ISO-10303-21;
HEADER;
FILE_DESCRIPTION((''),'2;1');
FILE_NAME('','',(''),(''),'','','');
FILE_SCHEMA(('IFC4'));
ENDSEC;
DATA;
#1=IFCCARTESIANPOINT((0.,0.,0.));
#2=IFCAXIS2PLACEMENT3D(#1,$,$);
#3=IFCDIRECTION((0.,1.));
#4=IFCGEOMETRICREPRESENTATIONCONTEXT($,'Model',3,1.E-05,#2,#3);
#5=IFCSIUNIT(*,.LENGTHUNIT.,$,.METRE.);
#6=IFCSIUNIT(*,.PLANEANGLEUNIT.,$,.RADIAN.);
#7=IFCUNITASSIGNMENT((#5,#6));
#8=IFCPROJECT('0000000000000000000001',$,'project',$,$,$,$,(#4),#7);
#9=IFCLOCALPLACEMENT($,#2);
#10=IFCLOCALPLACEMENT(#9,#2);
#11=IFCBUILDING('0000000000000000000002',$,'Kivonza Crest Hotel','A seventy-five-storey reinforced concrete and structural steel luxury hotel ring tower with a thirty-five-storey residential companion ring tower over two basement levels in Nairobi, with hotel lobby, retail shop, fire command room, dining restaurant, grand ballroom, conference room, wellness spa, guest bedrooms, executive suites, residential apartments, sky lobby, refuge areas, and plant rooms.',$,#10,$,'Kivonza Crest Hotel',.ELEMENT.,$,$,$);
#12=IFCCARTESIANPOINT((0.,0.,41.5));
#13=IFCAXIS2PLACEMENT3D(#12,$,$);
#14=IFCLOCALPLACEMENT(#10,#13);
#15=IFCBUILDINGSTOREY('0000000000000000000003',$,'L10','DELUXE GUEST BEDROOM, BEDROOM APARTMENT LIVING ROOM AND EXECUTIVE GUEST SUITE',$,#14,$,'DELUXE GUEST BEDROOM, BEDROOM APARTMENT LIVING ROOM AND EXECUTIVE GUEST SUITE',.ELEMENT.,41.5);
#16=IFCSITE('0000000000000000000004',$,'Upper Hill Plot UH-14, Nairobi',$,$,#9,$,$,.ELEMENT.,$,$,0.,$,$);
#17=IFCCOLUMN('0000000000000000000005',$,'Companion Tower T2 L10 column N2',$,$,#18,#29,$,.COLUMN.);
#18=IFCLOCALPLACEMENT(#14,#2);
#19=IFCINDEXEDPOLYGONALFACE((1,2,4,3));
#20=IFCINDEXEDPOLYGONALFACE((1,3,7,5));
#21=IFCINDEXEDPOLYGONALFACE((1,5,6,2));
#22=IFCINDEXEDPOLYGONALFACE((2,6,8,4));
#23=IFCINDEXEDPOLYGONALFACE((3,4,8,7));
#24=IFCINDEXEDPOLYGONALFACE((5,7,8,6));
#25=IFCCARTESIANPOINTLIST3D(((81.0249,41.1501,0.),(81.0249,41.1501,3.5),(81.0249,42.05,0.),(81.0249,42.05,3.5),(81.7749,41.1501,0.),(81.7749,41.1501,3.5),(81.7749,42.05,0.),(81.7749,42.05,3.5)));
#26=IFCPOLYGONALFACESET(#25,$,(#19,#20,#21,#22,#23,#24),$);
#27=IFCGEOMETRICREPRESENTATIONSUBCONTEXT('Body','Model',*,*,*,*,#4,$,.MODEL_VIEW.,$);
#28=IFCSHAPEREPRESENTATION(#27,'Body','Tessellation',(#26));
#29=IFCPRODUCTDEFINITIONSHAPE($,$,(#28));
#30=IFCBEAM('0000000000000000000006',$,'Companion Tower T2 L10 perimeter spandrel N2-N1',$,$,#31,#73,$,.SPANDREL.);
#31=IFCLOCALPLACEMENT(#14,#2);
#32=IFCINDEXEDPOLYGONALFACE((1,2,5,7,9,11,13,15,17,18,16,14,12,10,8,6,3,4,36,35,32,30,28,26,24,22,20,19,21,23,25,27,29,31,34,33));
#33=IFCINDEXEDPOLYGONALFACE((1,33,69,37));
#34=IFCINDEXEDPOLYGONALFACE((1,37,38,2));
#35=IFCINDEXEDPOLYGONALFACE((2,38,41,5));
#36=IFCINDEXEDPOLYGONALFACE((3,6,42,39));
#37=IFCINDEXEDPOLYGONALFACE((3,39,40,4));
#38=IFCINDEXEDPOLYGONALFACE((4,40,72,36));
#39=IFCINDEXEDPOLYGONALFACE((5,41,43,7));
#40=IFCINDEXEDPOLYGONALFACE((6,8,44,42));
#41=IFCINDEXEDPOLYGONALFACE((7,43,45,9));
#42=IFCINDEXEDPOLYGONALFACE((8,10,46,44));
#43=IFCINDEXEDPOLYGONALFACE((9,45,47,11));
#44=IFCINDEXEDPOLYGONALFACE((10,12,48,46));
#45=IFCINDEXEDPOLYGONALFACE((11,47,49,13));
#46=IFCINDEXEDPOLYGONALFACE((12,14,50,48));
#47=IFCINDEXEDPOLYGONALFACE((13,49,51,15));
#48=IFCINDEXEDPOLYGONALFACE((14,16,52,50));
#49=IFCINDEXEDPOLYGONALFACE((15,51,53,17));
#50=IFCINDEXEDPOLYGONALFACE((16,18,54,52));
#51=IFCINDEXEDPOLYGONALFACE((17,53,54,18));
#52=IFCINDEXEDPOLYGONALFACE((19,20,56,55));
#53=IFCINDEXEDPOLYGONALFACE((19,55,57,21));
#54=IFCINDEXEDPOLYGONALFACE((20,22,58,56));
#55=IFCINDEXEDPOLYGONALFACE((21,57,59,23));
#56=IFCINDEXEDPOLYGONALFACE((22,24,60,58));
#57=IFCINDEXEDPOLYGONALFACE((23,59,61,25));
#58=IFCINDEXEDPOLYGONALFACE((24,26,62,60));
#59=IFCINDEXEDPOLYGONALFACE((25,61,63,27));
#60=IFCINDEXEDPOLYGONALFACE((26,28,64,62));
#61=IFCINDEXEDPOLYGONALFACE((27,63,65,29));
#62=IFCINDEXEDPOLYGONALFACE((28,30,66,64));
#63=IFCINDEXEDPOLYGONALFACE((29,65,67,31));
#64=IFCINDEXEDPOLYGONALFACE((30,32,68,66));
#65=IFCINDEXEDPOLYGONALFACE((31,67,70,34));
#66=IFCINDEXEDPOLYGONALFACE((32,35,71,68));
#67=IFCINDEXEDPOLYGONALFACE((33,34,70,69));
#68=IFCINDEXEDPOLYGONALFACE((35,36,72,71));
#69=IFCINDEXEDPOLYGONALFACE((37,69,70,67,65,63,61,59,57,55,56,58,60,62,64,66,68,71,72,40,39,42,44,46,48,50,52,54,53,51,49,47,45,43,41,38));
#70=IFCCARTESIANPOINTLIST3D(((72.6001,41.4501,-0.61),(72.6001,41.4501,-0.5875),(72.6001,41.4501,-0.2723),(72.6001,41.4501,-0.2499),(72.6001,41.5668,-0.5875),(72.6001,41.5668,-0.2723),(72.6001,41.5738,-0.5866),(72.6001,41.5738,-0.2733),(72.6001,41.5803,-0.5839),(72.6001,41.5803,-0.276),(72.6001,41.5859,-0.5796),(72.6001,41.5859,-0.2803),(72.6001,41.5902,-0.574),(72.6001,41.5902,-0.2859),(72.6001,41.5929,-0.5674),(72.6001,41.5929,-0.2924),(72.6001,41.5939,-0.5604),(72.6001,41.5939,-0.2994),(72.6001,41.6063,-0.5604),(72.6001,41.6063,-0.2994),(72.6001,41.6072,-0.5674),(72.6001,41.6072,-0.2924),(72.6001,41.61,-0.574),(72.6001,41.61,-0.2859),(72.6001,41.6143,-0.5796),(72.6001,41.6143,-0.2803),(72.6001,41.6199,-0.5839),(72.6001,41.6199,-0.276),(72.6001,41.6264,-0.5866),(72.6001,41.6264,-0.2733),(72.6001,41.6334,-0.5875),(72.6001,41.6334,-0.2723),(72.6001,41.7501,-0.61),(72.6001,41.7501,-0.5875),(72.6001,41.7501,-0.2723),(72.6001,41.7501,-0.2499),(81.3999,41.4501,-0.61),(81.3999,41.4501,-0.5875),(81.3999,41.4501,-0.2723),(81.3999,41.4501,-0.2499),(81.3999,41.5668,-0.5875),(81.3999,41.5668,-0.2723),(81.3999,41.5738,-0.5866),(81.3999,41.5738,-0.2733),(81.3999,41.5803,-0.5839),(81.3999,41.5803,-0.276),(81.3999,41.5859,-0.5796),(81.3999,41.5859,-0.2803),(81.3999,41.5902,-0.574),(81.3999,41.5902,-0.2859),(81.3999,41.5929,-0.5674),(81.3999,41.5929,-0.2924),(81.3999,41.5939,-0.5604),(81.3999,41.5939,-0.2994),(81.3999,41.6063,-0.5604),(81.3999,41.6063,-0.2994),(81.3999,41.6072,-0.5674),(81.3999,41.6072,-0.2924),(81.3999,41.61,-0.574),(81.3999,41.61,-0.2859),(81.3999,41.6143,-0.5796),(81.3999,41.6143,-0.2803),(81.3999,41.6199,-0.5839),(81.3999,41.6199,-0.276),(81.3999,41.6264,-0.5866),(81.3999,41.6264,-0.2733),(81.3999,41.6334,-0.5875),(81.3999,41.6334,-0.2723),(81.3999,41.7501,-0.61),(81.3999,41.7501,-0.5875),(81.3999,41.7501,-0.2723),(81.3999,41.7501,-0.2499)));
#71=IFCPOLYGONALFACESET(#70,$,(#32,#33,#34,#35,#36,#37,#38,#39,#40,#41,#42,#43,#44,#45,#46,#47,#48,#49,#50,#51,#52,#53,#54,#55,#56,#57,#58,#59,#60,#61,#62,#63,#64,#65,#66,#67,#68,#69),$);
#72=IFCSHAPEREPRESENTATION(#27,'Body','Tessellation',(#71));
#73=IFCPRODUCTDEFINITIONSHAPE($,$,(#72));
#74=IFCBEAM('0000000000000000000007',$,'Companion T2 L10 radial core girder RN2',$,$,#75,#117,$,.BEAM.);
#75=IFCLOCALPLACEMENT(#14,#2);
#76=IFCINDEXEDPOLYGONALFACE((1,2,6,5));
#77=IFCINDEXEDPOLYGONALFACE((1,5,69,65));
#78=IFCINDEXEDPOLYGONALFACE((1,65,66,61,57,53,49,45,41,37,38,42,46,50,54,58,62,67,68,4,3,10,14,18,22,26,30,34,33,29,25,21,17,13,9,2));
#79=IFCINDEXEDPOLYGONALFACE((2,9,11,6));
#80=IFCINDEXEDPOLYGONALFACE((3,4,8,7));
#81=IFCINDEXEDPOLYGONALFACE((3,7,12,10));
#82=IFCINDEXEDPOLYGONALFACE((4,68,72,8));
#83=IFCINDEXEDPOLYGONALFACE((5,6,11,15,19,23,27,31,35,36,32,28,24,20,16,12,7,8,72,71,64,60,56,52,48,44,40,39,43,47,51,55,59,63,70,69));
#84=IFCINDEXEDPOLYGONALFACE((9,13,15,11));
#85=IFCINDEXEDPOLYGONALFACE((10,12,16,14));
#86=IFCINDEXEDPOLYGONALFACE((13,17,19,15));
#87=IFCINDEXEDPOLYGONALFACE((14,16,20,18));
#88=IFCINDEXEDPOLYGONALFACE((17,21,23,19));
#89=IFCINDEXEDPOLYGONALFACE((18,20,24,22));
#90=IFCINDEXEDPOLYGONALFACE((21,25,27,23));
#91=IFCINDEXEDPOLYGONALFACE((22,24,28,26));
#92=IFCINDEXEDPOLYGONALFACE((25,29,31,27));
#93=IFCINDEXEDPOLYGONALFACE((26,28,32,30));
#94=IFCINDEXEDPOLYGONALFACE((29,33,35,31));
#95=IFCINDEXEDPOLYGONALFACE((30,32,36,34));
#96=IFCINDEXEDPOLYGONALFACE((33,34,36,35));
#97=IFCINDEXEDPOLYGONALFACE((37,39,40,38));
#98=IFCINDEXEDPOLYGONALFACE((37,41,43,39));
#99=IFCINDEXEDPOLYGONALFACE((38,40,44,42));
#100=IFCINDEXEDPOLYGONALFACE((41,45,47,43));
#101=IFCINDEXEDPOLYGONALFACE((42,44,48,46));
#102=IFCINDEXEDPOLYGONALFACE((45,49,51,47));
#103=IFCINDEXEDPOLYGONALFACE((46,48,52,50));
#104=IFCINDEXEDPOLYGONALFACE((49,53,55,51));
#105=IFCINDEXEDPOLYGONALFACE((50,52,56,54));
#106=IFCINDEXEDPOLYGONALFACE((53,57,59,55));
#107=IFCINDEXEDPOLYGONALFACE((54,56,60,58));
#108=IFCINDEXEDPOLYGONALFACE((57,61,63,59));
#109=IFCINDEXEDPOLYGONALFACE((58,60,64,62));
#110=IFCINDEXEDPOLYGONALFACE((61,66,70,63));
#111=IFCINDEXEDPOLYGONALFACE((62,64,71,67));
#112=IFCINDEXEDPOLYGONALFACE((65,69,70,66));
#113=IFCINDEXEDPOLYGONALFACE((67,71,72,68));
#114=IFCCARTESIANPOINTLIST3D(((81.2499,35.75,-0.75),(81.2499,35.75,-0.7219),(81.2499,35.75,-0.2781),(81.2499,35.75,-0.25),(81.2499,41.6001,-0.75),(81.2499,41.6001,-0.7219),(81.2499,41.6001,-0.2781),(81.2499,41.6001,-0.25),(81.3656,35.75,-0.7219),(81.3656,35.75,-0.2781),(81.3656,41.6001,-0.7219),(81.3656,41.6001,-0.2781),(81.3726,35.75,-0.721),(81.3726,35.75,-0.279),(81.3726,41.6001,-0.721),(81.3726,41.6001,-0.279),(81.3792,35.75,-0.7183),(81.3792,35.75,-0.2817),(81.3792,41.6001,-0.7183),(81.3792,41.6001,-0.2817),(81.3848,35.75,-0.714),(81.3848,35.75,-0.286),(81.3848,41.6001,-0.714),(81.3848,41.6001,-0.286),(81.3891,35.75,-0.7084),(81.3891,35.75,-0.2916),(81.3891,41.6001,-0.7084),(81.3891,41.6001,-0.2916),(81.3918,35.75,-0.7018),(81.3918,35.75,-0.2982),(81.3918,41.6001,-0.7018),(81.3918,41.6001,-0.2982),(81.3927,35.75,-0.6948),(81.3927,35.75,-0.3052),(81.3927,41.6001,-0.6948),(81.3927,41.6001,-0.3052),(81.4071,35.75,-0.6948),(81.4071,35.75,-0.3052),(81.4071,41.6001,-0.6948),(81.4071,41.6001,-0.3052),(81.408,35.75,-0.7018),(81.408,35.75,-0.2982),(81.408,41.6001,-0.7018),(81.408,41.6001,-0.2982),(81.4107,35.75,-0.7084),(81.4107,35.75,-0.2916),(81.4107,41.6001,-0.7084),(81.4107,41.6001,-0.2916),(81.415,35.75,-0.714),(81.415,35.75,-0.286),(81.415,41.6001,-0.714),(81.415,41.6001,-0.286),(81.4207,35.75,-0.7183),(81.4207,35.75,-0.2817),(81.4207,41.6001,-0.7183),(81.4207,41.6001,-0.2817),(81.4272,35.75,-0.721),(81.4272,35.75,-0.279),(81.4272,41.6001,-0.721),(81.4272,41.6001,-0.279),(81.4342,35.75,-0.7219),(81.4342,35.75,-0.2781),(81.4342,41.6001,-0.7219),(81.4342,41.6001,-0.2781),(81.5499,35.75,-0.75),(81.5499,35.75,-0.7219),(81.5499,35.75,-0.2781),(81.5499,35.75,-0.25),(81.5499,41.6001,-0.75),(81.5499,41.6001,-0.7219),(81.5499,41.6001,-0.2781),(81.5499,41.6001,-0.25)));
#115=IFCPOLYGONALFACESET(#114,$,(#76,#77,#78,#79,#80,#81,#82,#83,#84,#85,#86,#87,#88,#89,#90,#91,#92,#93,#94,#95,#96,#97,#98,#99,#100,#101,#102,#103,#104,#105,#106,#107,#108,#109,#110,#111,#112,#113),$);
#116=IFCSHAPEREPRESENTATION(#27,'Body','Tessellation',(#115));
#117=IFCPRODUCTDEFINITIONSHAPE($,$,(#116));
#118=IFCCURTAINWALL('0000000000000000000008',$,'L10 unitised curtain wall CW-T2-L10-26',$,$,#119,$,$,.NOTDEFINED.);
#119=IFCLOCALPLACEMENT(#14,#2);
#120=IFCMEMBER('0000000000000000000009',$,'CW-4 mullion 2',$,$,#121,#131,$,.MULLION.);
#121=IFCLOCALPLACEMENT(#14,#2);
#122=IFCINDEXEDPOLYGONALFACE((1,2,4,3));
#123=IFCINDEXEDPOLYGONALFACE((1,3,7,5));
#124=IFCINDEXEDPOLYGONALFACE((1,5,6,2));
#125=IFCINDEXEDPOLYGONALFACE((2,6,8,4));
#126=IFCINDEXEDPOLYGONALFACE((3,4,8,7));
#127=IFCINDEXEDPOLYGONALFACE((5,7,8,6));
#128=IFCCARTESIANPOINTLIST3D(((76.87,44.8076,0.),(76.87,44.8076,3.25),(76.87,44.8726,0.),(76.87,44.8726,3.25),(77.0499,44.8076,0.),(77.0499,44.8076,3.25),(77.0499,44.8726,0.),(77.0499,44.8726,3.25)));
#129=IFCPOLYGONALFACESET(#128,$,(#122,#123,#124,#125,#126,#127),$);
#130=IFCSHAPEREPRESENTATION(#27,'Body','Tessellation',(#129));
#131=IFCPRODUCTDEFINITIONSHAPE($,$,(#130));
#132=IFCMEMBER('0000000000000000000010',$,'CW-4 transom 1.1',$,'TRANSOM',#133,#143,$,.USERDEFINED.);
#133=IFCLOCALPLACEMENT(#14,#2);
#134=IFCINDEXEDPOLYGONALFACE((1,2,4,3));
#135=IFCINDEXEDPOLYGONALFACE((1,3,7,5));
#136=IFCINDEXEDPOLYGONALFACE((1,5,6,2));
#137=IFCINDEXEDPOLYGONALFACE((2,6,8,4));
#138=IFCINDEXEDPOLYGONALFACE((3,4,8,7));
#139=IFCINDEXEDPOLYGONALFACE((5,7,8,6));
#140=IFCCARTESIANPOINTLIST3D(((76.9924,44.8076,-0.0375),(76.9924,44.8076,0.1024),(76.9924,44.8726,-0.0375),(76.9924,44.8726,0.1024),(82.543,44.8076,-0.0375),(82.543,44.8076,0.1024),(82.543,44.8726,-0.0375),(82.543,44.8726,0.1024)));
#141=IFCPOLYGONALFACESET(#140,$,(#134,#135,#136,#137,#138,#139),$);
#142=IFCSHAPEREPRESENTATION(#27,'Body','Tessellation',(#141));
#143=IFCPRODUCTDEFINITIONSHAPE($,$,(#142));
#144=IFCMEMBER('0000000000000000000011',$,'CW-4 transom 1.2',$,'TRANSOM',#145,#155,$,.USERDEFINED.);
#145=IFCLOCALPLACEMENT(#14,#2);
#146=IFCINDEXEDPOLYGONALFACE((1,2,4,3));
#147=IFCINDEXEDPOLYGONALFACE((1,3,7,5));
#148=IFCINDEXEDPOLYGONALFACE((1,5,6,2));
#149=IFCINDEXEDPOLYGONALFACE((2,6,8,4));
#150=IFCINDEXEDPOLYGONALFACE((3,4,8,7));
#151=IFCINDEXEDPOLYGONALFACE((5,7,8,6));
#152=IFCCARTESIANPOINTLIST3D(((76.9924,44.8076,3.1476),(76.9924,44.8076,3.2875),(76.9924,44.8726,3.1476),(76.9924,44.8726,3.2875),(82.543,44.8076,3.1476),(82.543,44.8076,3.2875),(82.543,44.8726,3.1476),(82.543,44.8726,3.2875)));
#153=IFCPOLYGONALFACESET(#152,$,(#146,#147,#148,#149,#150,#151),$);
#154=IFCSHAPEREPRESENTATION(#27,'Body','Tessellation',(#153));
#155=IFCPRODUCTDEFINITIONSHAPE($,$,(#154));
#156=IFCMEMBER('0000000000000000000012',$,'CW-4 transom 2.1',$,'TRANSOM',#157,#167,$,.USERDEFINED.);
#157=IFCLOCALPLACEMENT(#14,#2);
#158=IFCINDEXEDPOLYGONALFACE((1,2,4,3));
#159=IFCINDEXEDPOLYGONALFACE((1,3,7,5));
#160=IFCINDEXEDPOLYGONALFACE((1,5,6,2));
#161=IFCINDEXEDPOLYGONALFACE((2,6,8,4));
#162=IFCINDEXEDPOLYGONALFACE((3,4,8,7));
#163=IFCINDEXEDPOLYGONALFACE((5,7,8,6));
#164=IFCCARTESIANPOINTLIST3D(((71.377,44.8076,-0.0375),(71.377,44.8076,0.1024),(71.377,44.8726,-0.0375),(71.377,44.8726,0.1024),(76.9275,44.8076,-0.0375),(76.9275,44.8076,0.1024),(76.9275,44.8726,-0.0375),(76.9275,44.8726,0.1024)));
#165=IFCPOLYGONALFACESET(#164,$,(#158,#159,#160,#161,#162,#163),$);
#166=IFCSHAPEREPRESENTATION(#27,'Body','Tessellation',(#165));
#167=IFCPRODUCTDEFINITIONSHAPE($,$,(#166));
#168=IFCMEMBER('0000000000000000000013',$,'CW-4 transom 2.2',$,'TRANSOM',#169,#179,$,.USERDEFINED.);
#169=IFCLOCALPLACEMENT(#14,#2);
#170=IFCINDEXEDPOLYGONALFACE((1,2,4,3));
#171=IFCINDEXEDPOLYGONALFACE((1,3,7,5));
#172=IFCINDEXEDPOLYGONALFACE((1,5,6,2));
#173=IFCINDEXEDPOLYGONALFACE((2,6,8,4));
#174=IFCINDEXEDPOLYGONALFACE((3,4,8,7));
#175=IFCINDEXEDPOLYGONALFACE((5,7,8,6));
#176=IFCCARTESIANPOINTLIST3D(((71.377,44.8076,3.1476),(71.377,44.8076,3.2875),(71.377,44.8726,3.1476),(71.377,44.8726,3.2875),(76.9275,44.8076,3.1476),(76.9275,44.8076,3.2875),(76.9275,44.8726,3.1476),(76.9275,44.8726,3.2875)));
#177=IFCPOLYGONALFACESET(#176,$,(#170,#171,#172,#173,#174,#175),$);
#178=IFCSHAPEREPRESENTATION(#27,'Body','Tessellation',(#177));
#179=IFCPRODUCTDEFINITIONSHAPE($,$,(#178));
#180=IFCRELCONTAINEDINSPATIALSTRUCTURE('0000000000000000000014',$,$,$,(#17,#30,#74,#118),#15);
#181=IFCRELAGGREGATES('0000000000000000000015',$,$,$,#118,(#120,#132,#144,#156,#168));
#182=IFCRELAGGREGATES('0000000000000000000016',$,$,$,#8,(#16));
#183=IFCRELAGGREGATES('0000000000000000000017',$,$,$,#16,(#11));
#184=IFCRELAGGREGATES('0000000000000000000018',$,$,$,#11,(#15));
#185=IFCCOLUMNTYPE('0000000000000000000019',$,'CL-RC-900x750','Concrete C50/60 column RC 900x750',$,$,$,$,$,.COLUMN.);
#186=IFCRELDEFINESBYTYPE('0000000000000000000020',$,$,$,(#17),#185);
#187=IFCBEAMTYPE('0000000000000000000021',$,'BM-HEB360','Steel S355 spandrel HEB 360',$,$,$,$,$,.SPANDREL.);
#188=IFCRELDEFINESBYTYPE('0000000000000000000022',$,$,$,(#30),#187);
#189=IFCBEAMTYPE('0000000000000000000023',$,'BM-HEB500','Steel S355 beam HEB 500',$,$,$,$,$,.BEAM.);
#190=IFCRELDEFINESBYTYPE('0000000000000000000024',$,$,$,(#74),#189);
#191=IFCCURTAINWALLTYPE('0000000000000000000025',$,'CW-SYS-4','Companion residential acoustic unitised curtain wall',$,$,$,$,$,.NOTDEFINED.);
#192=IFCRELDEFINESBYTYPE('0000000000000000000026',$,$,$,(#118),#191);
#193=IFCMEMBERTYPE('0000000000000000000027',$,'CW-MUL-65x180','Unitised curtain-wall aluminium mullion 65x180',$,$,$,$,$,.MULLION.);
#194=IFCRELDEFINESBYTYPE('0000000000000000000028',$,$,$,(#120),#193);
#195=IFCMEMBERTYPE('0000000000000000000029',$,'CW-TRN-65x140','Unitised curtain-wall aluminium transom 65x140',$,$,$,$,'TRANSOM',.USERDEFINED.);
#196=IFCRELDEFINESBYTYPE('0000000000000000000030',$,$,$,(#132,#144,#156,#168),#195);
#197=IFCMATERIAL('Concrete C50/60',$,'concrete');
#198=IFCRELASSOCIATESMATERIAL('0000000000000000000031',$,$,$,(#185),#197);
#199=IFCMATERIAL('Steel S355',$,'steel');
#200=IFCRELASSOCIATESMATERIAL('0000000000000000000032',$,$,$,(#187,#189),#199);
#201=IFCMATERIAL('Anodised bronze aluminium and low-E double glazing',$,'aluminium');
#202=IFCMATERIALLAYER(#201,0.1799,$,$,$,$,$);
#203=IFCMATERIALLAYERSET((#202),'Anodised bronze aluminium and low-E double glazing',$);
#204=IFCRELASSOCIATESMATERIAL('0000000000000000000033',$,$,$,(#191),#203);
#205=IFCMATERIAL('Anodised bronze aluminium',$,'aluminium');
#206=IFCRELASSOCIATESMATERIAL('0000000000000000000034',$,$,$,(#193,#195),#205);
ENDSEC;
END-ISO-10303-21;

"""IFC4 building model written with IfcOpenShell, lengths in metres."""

from ifc_helpers import new_model, si_unit, direction, frame, origin, origin_2d, place, context, subcontext, project, spatial, rectangle, i_section, extrude, material, layer, layer_set, material_profile, profile_set, type_object, element, aggregate, save


model = new_model("IFC4")

# Units and contexts
model_context = context("Model", 3, precision=1e-05, world=origin(), true_north=direction((0.0, 1.0)))
body_context = subcontext(model_context, "Body", "Model", "MODEL_VIEW")
ifc_project = project(units=[si_unit("LENGTHUNIT", "METRE"), si_unit("PLANEANGLEUNIT", "RADIAN")], contexts=[model_context])

# Site, building, storey
site_placement = place(None, origin())
site = spatial("IfcSite", under=ifc_project, at=site_placement, Name="Upper Hill Plot UH-14, Nairobi", CompositionType="ELEMENT", RefElevation=0.0)
building_placement = place(site_placement, origin())
building = spatial("IfcBuilding", under=site, at=building_placement, Name="Kivonza Crest Hotel", Description="A seventy-five-storey reinforced concrete and structural steel luxury hotel ring tower with a thirty-five-storey residential companion ring tower over two basement levels in Nairobi, with hotel lobby, retail shop, fire command room, dining restaurant, grand ballroom, conference room, wellness spa, guest bedrooms, executive suites, residential apartments, sky lobby, refuge areas, and plant rooms.", LongName="Kivonza Crest Hotel", CompositionType="ELEMENT")
storey_placement = place(building_placement, frame((0.0, 0.0, 41.5)))
storey = spatial("IfcBuildingStorey", under=building, at=storey_placement, Name="L10", Description="DELUXE GUEST BEDROOM, BEDROOM APARTMENT LIVING ROOM AND EXECUTIVE GUEST SUITE", LongName="DELUXE GUEST BEDROOM, BEDROOM APARTMENT LIVING ROOM AND EXECUTIVE GUEST SUITE", CompositionType="ELEMENT", Elevation=41.5)

# Column
ifc_material_1 = material(Name="Concrete C50/60", Category="concrete")
ifc_material_profile_1 = material_profile(ifc_material_1, rectangle(XDim=0.75, YDim=0.8999, at=origin_2d()), Name="RC 900x750")
ifc_profile_set_1 = profile_set([ifc_material_profile_1], Name="Concrete C50/60")
column_type = type_object("IfcColumnType", Name="CL-RC-900x750", Description="Concrete C50/60 column RC 900x750", PredefinedType="COLUMN", material=ifc_profile_set_1)
column_placement = place(storey_placement, frame((81.3999, 41.6001, 0.0), z_axis=(0.0, 0.0, 1.0), x_axis=(1.0, 0.0, 0.0)))
element("IfcColumn", 1, at=column_placement, inside=storey, type_object=column_type, Name="Companion Tower T2 L10 column N2", PredefinedType="COLUMN", context=body_context, shape_type="SweptSolid", body=[
    extrude(rectangle(XDim=0.75, YDim=0.8999, at=origin_2d()), origin(), (0.0, 0.0, 1.0), 3.5),
])

# Beams
ifc_material_2 = material(Name="Steel S355", Category="steel")
ifc_material_profile_2 = material_profile(ifc_material_2, i_section(OverallWidth=0.3, OverallDepth=0.3601, WebThickness=0.0125, FlangeThickness=0.0225, FilletRadius=0.0271, at=origin_2d()), Name="HEB 360")
ifc_profile_set_2 = profile_set([ifc_material_profile_2], Name="Steel S355")
beam_type_1 = type_object("IfcBeamType", Name="BM-HEB360", Description="Steel S355 spandrel HEB 360", PredefinedType="SPANDREL", material=ifc_profile_set_2)
beam_1_placement = place(storey_placement, frame((81.3999, 41.6001, -0.4299), z_axis=(-1.0, 0.0, 0.0), x_axis=(0.0, -1.0, 0.0)))
element("IfcBeam", 2, at=beam_1_placement, inside=storey, type_object=beam_type_1, Name="Companion Tower T2 L10 perimeter spandrel N2-N1", PredefinedType="SPANDREL", context=body_context, shape_type="SweptSolid", body=[
    extrude(i_section(OverallWidth=0.3, OverallDepth=0.3601, WebThickness=0.0125, FlangeThickness=0.0225, FilletRadius=0.0271, at=origin_2d()), origin(), (0.0, 0.0, 1.0), 8.7998),
])
ifc_material_profile_3 = material_profile(ifc_material_2, i_section(OverallWidth=0.3, OverallDepth=0.5, WebThickness=0.0144, FlangeThickness=0.0281, FilletRadius=0.0271, at=origin_2d()), Name="HEB 500")
ifc_profile_set_3 = profile_set([ifc_material_profile_3], Name="Steel S355")
beam_type_2 = type_object("IfcBeamType", Name="BM-HEB500", Description="Steel S355 beam HEB 500", PredefinedType="BEAM", material=ifc_profile_set_3)
beam_2_placement = place(storey_placement, frame((81.3999, 41.6001, -0.5), z_axis=(0.0, -1.0, 0.0), x_axis=(1.0, 0.0, 0.0)))
element("IfcBeam", 3, at=beam_2_placement, inside=storey, type_object=beam_type_2, Name="Companion T2 L10 radial core girder RN2", PredefinedType="BEAM", context=body_context, shape_type="SweptSolid", body=[
    extrude(i_section(OverallWidth=0.3, OverallDepth=0.5, WebThickness=0.0144, FlangeThickness=0.0281, FilletRadius=0.0271, at=origin_2d()), origin(), (0.0, 0.0, 1.0), 5.8501),
])

# Curtain wall, members
ifc_material_3 = material(Name="Anodised bronze aluminium and low-E double glazing", Category="aluminium")
ifc_layer_1 = layer(ifc_material_3, 0.1799)
ifc_layer_set_1 = layer_set([ifc_layer_1], Name="Anodised bronze aluminium and low-E double glazing")
curtain_wall_type = type_object("IfcCurtainWallType", Name="CW-SYS-4", Description="Companion residential acoustic unitised curtain wall", PredefinedType="NOTDEFINED", material=ifc_layer_set_1)
curtain_wall_placement = place(storey_placement, origin())
curtain_wall = element("IfcCurtainWall", 4, at=curtain_wall_placement, inside=storey, type_object=curtain_wall_type, Name="L10 unitised curtain wall CW-T2-L10-26", PredefinedType="NOTDEFINED")
ifc_material_4 = material(Name="Anodised bronze aluminium", Category="aluminium")
ifc_material_profile_4 = material_profile(ifc_material_4, rectangle(XDim=0.0649, YDim=0.1799, at=origin_2d()), Name="CW-M 65x180")
ifc_profile_set_4 = profile_set([ifc_material_profile_4], Name="Anodised bronze aluminium")
member_type_1 = type_object("IfcMemberType", Name="CW-MUL-65x180", Description="Unitised curtain-wall aluminium mullion 65x180", PredefinedType="MULLION", material=ifc_profile_set_4)
member_1_placement = place(storey_placement, frame((76.96, 44.8401, 0.0), z_axis=(0.0, 0.0, 1.0), x_axis=(0.0, -1.0, 0.0)))
member_1 = element("IfcMember", 5, at=member_1_placement, type_object=member_type_1, Name="CW-4 mullion 2", PredefinedType="MULLION", context=body_context, shape_type="SweptSolid", body=[
    extrude(rectangle(XDim=0.0649, YDim=0.1799, at=origin_2d()), origin(), (0.0, 0.0, 1.0), 3.25),
])
ifc_material_profile_5 = material_profile(ifc_material_4, rectangle(XDim=0.0649, YDim=0.1399, at=origin_2d()), Name="CW-T 65x140")
ifc_profile_set_5 = profile_set([ifc_material_profile_5], Name="Anodised bronze aluminium")
member_type_2 = type_object("IfcMemberType", Name="CW-TRN-65x140", Description="Unitised curtain-wall aluminium transom 65x140", ElementType="TRANSOM", PredefinedType="USERDEFINED", material=ifc_profile_set_5)
member_2_placement = place(storey_placement, frame((82.543, 44.8401, 0.0325), z_axis=(-1.0, 0.0, 0.0), x_axis=(0.0, -1.0, 0.0)))
member_2 = element("IfcMember", 6, at=member_2_placement, type_object=member_type_2, Name="CW-4 transom 1.1", ObjectType="TRANSOM", PredefinedType="USERDEFINED", context=body_context, shape_type="SweptSolid", body=[
    extrude(rectangle(XDim=0.0649, YDim=0.1399, at=origin_2d()), origin(), (0.0, 0.0, 1.0), 5.5505),
])
member_3_placement = place(storey_placement, frame((82.543, 44.8401, 3.2175), z_axis=(-1.0, 0.0, 0.0), x_axis=(0.0, -1.0, 0.0)))
member_3 = element("IfcMember", 7, at=member_3_placement, type_object=member_type_2, Name="CW-4 transom 1.2", ObjectType="TRANSOM", PredefinedType="USERDEFINED", context=body_context, shape_type="SweptSolid", body=[
    extrude(rectangle(XDim=0.0649, YDim=0.1399, at=origin_2d()), origin(), (0.0, 0.0, 1.0), 5.5505),
])
member_4_placement = place(storey_placement, frame((76.9275, 44.8401, 0.0325), z_axis=(-1.0, 0.0, 0.0), x_axis=(0.0, -1.0, 0.0)))
member_4 = element("IfcMember", 8, at=member_4_placement, type_object=member_type_2, Name="CW-4 transom 2.1", ObjectType="TRANSOM", PredefinedType="USERDEFINED", context=body_context, shape_type="SweptSolid", body=[
    extrude(rectangle(XDim=0.0649, YDim=0.1399, at=origin_2d()), origin(), (0.0, 0.0, 1.0), 5.5505),
])
member_5_placement = place(storey_placement, frame((76.9275, 44.8401, 3.2175), z_axis=(-1.0, 0.0, 0.0), x_axis=(0.0, -1.0, 0.0)))
member_5 = element("IfcMember", 9, at=member_5_placement, type_object=member_type_2, Name="CW-4 transom 2.2", ObjectType="TRANSOM", PredefinedType="USERDEFINED", context=body_context, shape_type="SweptSolid", body=[
    extrude(rectangle(XDim=0.0649, YDim=0.1399, at=origin_2d()), origin(), (0.0, 0.0, 1.0), 5.5505),
])
aggregate(curtain_wall, [member_1, member_2, member_3, member_4, member_5])

save(model, "model.ifc")
